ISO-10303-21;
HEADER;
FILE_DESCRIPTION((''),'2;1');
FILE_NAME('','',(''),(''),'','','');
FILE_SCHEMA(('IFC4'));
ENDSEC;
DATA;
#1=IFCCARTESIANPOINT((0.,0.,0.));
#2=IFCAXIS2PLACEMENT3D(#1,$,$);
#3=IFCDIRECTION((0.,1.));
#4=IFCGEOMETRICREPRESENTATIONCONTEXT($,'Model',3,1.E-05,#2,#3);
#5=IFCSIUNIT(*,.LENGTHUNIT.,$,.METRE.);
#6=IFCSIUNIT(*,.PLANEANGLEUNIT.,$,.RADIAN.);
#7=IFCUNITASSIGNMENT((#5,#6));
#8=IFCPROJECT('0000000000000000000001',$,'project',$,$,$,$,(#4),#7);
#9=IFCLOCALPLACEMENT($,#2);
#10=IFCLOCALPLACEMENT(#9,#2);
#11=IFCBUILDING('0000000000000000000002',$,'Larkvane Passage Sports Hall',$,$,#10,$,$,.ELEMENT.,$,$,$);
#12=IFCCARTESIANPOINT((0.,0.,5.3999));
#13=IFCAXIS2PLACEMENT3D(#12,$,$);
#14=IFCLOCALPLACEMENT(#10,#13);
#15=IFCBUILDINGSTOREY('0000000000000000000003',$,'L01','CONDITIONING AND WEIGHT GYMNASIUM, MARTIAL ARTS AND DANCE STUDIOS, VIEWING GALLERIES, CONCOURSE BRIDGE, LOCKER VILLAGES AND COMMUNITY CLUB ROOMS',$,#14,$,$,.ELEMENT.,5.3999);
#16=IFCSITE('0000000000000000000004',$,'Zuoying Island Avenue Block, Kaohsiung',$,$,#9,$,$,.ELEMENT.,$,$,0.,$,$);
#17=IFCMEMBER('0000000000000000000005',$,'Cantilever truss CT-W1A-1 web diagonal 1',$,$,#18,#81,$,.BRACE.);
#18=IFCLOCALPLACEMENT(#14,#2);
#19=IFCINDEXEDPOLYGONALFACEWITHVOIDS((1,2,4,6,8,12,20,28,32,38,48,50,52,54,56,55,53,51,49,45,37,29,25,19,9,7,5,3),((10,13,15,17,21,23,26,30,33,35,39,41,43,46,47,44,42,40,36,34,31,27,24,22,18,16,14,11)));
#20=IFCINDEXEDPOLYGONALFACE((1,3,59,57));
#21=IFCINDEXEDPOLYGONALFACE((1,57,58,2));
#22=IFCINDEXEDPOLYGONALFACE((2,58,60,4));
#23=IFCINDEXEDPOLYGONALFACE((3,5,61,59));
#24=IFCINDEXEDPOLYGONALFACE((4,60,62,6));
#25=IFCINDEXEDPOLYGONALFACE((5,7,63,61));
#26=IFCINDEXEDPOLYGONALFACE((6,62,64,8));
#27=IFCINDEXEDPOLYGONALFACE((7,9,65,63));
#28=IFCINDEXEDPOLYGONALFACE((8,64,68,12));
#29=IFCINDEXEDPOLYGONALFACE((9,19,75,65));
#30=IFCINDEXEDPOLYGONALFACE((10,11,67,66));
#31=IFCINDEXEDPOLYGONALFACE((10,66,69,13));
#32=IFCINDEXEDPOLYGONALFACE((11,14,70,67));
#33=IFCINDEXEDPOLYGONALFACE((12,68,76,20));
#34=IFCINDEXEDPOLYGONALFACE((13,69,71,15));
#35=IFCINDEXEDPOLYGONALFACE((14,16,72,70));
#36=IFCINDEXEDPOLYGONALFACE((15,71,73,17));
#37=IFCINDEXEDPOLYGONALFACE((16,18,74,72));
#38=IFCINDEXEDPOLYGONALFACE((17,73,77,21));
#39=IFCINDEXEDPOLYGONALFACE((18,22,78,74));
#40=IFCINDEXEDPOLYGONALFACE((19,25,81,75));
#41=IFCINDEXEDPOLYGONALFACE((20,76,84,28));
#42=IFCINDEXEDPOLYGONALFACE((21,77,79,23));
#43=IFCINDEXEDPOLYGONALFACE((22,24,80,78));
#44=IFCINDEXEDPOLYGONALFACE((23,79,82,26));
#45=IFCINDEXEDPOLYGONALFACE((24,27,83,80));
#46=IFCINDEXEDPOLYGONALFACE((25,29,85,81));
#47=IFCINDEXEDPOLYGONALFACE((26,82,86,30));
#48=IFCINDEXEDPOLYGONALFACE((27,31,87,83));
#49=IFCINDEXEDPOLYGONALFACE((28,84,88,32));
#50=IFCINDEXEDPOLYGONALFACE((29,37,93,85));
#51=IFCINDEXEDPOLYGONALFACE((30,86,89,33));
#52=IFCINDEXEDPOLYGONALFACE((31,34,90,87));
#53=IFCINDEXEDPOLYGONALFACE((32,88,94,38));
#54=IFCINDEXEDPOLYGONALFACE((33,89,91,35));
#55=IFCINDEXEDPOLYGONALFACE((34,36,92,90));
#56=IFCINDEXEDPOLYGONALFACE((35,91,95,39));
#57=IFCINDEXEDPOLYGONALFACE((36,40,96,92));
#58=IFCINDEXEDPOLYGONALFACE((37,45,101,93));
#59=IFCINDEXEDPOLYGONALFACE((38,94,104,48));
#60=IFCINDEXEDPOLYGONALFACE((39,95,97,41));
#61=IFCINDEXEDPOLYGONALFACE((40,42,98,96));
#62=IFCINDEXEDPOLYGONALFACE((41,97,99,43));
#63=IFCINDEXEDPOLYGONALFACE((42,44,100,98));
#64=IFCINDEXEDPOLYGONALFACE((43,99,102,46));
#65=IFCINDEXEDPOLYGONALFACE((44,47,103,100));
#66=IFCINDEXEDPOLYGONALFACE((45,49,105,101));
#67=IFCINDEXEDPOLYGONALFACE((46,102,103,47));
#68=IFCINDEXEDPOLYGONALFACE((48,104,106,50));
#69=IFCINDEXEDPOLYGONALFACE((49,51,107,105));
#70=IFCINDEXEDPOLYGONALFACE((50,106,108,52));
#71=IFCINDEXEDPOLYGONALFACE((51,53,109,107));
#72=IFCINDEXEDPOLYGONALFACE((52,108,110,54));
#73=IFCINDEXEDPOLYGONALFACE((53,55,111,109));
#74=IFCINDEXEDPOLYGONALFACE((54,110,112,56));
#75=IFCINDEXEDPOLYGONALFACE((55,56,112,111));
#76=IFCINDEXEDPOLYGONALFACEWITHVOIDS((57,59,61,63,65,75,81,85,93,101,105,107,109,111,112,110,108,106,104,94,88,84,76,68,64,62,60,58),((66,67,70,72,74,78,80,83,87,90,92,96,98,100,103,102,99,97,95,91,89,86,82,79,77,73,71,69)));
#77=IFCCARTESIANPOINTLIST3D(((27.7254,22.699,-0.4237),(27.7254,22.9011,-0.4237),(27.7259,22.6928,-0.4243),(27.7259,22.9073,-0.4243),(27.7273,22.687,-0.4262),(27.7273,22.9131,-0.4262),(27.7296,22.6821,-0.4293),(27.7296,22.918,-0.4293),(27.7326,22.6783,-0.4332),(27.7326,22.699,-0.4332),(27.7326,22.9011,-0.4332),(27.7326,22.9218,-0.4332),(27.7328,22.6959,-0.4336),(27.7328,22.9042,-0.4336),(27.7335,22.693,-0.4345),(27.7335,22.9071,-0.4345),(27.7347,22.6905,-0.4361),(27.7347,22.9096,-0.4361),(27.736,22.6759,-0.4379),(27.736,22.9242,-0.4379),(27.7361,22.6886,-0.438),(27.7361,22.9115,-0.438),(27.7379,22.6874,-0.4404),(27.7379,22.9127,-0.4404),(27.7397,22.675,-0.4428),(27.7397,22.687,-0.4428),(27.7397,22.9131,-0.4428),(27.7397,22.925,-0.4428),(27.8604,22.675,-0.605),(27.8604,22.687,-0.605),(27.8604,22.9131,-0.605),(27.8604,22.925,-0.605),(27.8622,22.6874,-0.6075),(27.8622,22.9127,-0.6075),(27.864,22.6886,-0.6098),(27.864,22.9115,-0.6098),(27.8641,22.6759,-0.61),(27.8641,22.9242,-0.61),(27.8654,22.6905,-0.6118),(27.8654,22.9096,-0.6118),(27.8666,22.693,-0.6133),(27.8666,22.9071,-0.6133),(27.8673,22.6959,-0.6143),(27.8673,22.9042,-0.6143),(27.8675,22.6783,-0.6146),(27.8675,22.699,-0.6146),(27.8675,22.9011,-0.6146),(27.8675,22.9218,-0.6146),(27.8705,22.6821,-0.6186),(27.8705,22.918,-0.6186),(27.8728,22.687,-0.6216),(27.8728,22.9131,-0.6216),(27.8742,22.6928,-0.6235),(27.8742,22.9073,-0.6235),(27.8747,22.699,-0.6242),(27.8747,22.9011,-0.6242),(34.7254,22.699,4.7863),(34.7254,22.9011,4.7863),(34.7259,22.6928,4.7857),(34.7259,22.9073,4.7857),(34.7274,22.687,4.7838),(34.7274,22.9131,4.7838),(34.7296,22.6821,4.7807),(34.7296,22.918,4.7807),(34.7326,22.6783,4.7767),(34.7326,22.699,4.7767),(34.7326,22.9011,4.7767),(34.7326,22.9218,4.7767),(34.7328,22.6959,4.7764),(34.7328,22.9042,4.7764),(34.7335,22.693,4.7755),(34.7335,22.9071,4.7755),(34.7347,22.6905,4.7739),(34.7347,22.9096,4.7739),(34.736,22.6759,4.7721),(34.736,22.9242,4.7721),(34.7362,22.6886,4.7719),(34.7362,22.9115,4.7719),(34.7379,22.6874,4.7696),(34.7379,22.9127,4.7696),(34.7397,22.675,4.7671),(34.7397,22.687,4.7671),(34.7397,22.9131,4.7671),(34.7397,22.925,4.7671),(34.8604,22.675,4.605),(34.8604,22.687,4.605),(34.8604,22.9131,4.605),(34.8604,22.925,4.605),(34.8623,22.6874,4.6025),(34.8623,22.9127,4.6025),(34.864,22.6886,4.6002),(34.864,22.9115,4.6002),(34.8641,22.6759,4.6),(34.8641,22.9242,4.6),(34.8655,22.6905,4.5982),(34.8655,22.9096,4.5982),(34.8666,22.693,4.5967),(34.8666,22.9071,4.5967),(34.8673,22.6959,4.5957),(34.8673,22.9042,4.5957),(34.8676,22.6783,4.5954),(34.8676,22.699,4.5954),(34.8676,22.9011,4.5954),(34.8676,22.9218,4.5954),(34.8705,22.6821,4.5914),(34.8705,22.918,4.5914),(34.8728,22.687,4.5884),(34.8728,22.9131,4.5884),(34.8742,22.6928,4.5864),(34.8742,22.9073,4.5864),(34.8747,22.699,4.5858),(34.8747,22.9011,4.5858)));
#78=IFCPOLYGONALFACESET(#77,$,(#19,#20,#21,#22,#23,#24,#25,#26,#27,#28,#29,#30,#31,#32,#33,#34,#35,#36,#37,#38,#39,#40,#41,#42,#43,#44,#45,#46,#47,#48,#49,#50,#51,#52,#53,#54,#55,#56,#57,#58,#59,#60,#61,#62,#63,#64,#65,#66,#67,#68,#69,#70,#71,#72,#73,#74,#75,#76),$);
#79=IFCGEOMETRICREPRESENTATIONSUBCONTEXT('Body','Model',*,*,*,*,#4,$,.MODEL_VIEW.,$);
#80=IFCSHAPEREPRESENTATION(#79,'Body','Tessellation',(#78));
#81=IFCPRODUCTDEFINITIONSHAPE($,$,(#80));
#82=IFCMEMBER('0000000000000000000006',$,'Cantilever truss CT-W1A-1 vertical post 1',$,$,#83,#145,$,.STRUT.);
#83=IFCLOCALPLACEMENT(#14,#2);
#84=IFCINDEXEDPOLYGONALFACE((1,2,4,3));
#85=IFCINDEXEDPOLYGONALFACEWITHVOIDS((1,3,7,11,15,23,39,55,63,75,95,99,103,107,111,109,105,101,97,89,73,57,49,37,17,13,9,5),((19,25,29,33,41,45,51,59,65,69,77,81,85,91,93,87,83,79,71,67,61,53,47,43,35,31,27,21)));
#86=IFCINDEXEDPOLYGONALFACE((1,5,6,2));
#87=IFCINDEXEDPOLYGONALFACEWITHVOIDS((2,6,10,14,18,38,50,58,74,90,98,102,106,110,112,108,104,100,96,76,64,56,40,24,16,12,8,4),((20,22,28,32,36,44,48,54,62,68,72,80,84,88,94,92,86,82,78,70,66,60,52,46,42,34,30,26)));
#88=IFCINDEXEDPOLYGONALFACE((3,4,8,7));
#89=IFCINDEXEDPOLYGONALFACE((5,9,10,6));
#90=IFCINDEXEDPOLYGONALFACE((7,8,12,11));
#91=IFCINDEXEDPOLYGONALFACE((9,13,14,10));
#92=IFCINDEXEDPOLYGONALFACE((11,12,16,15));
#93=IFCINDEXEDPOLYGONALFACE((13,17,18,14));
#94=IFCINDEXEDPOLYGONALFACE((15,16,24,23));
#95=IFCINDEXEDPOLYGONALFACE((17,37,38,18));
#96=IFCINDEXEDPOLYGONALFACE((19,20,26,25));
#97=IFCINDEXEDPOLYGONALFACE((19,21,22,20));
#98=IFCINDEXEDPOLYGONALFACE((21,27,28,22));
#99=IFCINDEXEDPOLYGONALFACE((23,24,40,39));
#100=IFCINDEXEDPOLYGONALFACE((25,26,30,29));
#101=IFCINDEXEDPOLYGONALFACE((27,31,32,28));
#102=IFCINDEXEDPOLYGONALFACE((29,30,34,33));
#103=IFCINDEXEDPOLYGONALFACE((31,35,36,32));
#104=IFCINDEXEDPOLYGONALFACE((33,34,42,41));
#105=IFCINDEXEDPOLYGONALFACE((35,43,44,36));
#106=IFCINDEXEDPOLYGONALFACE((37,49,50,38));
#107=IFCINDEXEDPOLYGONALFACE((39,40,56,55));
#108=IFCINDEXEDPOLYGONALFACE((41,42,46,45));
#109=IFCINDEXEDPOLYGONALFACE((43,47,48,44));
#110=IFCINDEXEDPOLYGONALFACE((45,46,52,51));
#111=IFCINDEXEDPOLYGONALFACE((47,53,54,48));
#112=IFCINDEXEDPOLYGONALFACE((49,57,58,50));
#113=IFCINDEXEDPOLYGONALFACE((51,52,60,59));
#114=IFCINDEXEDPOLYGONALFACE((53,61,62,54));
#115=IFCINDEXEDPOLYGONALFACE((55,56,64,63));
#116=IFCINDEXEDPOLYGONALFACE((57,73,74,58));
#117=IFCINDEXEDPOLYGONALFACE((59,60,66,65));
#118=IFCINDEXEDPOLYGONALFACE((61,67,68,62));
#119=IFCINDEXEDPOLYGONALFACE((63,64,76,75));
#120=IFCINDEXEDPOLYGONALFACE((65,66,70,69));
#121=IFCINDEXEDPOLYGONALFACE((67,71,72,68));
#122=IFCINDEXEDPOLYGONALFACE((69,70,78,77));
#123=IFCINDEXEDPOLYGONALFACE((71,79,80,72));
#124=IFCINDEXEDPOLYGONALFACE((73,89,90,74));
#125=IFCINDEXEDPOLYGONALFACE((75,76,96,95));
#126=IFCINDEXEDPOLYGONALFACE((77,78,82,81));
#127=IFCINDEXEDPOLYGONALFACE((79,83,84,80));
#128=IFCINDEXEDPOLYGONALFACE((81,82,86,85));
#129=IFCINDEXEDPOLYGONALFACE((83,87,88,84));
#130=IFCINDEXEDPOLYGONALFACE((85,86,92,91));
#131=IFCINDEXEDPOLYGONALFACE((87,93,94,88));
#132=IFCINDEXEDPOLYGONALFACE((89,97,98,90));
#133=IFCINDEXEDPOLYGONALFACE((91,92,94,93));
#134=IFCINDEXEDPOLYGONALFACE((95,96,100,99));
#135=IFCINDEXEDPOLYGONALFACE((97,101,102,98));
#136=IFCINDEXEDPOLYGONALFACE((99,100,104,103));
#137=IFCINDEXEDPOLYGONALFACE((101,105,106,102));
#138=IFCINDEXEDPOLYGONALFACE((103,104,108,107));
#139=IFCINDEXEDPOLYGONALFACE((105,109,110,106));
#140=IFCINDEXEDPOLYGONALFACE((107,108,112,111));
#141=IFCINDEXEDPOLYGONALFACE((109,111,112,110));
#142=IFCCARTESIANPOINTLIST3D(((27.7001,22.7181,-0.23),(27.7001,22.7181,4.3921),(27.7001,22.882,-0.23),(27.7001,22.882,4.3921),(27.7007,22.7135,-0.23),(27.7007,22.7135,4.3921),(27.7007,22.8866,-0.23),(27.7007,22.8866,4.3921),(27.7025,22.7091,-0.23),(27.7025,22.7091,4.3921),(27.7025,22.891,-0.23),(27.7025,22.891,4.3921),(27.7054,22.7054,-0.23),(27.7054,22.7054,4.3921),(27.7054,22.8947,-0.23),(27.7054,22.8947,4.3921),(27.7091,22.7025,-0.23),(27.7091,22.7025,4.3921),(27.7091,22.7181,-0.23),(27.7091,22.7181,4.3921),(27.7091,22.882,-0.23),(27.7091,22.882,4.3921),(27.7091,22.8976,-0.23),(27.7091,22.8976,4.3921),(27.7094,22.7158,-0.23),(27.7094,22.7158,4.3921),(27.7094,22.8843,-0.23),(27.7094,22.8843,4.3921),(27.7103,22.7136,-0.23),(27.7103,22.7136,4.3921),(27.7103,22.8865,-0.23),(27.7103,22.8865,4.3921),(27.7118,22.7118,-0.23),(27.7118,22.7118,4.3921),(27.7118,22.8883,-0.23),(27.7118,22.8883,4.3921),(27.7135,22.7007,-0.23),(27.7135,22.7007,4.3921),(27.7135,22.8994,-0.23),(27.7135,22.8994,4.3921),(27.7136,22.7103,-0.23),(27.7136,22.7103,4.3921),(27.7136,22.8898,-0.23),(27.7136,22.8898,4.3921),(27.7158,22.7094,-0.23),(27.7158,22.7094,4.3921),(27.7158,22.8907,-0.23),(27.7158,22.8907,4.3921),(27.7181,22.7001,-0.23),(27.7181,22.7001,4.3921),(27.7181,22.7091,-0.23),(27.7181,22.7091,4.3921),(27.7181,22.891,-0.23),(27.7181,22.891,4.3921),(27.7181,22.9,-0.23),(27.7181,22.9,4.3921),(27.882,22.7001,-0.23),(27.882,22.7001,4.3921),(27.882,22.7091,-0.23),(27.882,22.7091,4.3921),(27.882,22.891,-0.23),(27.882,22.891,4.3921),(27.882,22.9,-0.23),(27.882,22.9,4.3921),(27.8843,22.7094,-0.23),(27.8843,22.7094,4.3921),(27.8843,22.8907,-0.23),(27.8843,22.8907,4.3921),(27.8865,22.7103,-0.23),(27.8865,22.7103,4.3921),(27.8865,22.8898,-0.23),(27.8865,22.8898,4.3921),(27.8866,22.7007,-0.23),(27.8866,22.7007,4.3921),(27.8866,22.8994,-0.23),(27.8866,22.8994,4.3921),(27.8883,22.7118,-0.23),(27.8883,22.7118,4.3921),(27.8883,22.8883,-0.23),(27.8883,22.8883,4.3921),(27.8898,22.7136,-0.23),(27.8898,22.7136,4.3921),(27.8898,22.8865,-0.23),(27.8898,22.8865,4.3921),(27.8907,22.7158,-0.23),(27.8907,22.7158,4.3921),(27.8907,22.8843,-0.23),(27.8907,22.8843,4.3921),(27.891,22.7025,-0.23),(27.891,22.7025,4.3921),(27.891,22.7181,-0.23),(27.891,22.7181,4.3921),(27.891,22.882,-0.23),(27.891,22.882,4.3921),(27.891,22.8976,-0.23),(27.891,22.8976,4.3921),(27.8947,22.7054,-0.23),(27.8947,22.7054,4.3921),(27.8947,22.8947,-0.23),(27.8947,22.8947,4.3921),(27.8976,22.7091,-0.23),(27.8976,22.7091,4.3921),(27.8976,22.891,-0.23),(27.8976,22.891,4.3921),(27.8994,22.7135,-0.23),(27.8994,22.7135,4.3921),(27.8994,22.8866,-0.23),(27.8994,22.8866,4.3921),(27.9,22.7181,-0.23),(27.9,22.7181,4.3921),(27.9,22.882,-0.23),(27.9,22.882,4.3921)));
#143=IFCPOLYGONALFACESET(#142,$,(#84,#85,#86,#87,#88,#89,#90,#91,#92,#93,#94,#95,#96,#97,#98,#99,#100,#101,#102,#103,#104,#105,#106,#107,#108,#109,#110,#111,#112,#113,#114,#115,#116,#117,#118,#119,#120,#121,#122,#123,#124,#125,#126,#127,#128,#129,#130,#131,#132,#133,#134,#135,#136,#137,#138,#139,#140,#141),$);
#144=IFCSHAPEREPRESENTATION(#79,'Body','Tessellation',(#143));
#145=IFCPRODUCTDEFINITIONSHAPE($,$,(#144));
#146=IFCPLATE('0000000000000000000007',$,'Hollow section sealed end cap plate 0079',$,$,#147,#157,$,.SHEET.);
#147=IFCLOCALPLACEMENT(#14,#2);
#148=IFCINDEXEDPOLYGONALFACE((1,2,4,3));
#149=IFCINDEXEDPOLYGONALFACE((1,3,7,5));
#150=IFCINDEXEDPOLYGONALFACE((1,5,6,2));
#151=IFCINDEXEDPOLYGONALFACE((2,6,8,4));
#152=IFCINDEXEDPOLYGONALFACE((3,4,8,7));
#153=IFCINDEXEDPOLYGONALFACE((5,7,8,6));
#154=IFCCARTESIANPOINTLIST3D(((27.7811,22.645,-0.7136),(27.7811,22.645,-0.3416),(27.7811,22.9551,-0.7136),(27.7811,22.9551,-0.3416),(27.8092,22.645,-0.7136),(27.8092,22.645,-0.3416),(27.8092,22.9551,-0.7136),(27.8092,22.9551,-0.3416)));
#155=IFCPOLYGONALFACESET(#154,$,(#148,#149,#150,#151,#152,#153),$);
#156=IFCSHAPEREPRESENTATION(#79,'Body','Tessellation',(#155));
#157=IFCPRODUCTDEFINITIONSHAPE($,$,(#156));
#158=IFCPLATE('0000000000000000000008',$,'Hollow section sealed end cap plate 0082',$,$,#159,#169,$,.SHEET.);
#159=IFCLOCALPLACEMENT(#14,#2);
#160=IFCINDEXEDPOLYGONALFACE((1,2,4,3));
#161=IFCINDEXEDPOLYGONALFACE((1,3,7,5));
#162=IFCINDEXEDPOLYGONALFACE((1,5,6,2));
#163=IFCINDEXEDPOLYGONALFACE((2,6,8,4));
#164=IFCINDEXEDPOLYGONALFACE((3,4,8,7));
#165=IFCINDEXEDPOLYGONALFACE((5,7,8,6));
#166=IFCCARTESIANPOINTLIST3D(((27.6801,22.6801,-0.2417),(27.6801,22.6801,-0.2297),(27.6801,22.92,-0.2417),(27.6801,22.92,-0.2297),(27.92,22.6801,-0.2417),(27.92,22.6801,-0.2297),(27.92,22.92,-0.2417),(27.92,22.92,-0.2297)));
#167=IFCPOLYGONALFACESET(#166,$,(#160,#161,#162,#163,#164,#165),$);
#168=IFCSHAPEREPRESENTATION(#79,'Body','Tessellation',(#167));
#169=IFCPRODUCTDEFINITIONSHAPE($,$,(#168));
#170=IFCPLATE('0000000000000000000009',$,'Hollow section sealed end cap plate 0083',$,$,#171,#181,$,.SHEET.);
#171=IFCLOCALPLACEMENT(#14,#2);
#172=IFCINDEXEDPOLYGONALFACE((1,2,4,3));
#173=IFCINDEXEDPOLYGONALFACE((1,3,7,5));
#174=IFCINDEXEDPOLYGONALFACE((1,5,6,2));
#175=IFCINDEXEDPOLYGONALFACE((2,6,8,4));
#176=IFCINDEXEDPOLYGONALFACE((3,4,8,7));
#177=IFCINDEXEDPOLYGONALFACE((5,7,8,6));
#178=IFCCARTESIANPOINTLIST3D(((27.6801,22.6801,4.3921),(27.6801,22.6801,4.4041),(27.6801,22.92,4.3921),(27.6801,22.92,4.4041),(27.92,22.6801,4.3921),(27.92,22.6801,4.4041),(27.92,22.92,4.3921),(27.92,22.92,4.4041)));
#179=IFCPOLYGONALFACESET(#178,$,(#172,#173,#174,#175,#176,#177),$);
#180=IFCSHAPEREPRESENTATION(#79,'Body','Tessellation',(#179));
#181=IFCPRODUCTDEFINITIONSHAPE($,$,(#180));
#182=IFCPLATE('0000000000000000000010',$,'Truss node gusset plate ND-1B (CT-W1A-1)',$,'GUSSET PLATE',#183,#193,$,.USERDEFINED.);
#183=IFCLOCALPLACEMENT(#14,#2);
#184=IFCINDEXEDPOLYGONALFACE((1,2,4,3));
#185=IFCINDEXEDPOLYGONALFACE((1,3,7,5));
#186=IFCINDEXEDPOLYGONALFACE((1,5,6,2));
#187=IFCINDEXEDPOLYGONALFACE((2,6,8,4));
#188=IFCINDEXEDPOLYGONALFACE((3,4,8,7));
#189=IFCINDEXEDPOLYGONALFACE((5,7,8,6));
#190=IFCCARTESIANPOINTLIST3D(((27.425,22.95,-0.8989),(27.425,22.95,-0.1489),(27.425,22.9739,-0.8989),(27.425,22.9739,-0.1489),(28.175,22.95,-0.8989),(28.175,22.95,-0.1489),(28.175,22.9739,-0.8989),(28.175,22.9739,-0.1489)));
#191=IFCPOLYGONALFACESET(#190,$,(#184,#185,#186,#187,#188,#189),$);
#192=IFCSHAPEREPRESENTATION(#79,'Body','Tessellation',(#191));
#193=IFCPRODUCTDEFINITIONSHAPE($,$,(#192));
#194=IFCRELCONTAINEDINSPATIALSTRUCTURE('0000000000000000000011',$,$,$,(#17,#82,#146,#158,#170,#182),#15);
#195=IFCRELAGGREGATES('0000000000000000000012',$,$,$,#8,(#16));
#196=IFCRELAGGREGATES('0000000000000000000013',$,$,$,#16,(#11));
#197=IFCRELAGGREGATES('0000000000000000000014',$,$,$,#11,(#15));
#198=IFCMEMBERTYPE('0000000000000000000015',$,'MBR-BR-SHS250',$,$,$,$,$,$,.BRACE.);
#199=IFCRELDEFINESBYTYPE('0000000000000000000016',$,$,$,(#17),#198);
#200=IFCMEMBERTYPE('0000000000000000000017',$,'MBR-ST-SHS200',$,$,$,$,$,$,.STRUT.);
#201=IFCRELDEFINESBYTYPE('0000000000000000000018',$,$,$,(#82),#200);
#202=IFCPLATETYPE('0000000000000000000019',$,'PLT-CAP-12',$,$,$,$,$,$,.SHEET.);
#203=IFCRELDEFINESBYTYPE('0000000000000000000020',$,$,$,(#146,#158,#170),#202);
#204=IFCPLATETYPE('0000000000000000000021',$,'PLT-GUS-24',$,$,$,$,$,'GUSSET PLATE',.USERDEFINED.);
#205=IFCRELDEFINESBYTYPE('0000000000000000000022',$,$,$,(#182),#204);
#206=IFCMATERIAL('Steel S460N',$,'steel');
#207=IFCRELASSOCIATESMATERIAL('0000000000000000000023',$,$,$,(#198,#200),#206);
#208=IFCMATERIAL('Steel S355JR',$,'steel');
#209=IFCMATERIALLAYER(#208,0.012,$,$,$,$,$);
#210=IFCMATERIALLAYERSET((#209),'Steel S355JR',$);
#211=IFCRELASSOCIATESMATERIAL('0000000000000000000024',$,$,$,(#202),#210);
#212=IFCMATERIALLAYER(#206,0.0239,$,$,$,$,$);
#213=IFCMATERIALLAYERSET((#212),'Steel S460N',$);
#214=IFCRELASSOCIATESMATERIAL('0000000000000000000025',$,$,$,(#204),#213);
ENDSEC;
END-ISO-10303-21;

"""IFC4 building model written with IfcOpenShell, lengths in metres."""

from ifc_helpers import new_model, si_unit, direction, frame, origin, origin_2d, place, context, subcontext, project, spatial, rectangle, hollow_rectangle, extrude, material, layer, layer_set, material_profile, profile_set, type_object, element, save


model = new_model("IFC4")

# Units and contexts
model_context = context("Model", 3, precision=1e-05, world=origin(), true_north=direction((0.0, 1.0)))
body_context = subcontext(model_context, "Body", "Model", "MODEL_VIEW")
ifc_project = project(units=[si_unit("LENGTHUNIT", "METRE"), si_unit("PLANEANGLEUNIT", "RADIAN")], contexts=[model_context])

# Site, building, storey
site_placement = place(None, origin())
site = spatial("IfcSite", under=ifc_project, at=site_placement, Name="Zuoying Island Avenue Block, Kaohsiung", CompositionType="ELEMENT", RefElevation=0.0)
building_placement = place(site_placement, origin())
building = spatial("IfcBuilding", under=site, at=building_placement, Name="Larkvane Passage Sports Hall", CompositionType="ELEMENT")
storey_placement = place(building_placement, frame((0.0, 0.0, 5.3999)))
storey = spatial("IfcBuildingStorey", under=building, at=storey_placement, Name="L01", Description="CONDITIONING AND WEIGHT GYMNASIUM, MARTIAL ARTS AND DANCE STUDIOS, VIEWING GALLERIES, CONCOURSE BRIDGE, LOCKER VILLAGES AND COMMUNITY CLUB ROOMS", CompositionType="ELEMENT", Elevation=5.3999)

# Shared definitions
ifc_material_1 = material(Name="Steel S355JR", Category="steel")
ifc_material_2 = material(Name="Steel S460N", Category="steel")

# Members
ifc_material_profile_1 = material_profile(ifc_material_2, hollow_rectangle(XDim=0.25, YDim=0.25, WallThickness=0.012, InnerFilletRadius=0.012, OuterFilletRadius=0.0239, at=origin_2d()), Name="SHS-250x250x12")
ifc_profile_set_1 = profile_set([ifc_material_profile_1], Name="Steel S460N")
member_type_1 = type_object("IfcMemberType", Name="MBR-BR-SHS250", PredefinedType="BRACE", material=ifc_profile_set_1)
member_1_placement = place(storey_placement, frame((27.8, 22.8, -0.5239), z_axis=(0.802197, 0.0, 0.597059), x_axis=(0.0, 1.0, 0.0)))
element("IfcMember", 1, at=member_1_placement, inside=storey, type_object=member_type_1, Name="Cantilever truss CT-W1A-1 web diagonal 1", PredefinedType="BRACE", context=body_context, shape_type="SweptSolid", body=[
    extrude(hollow_rectangle(XDim=0.25, YDim=0.25, WallThickness=0.012, InnerFilletRadius=0.012, OuterFilletRadius=0.0239, at=origin_2d()), origin(), (0.0, 0.0, 1.0), 8.7261),
])
ifc_material_profile_2 = material_profile(ifc_material_2, hollow_rectangle(XDim=0.2, YDim=0.2, WallThickness=0.009, InnerFilletRadius=0.009, OuterFilletRadius=0.0181, at=origin_2d()), Name="SHS-200x200x9")
ifc_profile_set_2 = profile_set([ifc_material_profile_2], Name="Steel S460N")
member_type_2 = type_object("IfcMemberType", Name="MBR-ST-SHS200", PredefinedType="STRUT", material=ifc_profile_set_2)
member_2_placement = place(storey_placement, frame((27.8, 22.8, -0.23), z_axis=(0.0, 0.0, 1.0), x_axis=(1.0, 0.0, 0.0)))
element("IfcMember", 2, at=member_2_placement, inside=storey, type_object=member_type_2, Name="Cantilever truss CT-W1A-1 vertical post 1", PredefinedType="STRUT", context=body_context, shape_type="SweptSolid", body=[
    extrude(hollow_rectangle(XDim=0.2, YDim=0.2, WallThickness=0.009, InnerFilletRadius=0.009, OuterFilletRadius=0.0181, at=origin_2d()), origin(), (0.0, 0.0, 1.0), 4.6221),
])

# Plates
ifc_layer_1 = layer(ifc_material_1, 0.012)
ifc_layer_set_1 = layer_set([ifc_layer_1], Name="Steel S355JR")
plate_type_1 = type_object("IfcPlateType", Name="PLT-CAP-12", PredefinedType="SHEET", material=ifc_layer_set_1)
plate_placement = place(storey_placement, frame((27.7952, 22.8, -0.7136), z_axis=(0.0, 0.0, 1.0), x_axis=(0.0, 1.0, 0.0)))
element("IfcPlate", 3, at=plate_placement, inside=storey, type_object=plate_type_1, Name="Hollow section sealed end cap plate 0079", PredefinedType="SHEET", context=body_context, shape_type="SweptSolid", body=[
    extrude(rectangle(XDim=0.3101, YDim=0.0281, at=origin_2d()), origin(), (0.0, 0.0, 1.0), 0.3721),
])
for number, where, z_axis, x_axis, name in (
    (4, (27.8, 22.8, -0.2417), (0.0, 0.0, 1.0), (1.0, 0.0, 0.0), "Hollow section sealed end cap plate 0082"),
    (5, (27.8, 22.8, 4.3921), (0.0, 0.0, 1.0), (1.0, 0.0, 0.0), "Hollow section sealed end cap plate 0083"),
):
    element("IfcPlate", number, at=place(storey_placement, frame(where, z_axis=z_axis, x_axis=x_axis)), inside=storey, type_object=plate_type_1, Name=name, PredefinedType="SHEET", context=body_context, shape_type="SweptSolid", body=[
        extrude(rectangle(XDim=0.24, YDim=0.24, at=origin_2d()), origin(), (0.0, 0.0, 1.0), 0.012),
    ])
ifc_layer_2 = layer(ifc_material_2, 0.0239)
ifc_layer_set_2 = layer_set([ifc_layer_2], Name="Steel S460N")
plate_type_2 = type_object("IfcPlateType", Name="PLT-GUS-24", ElementType="GUSSET PLATE", PredefinedType="USERDEFINED", material=ifc_layer_set_2)
for number, where, z_axis, x_axis, name in (
    (6, (27.8, 22.9619, -0.8989), (0.0, 0.0, 1.0), (1.0, 0.0, 0.0), "Truss node gusset plate ND-1B (CT-W1A-1)"),
):
    element("IfcPlate", number, at=place(storey_placement, frame(where, z_axis=z_axis, x_axis=x_axis)), inside=storey, type_object=plate_type_2, Name=name, ObjectType="GUSSET PLATE", PredefinedType="USERDEFINED", context=body_context, shape_type="SweptSolid", body=[
        extrude(rectangle(XDim=0.75, YDim=0.0239, at=origin_2d()), origin(), (0.0, 0.0, 1.0), 0.75),
    ])

save(model, "model.ifc")
